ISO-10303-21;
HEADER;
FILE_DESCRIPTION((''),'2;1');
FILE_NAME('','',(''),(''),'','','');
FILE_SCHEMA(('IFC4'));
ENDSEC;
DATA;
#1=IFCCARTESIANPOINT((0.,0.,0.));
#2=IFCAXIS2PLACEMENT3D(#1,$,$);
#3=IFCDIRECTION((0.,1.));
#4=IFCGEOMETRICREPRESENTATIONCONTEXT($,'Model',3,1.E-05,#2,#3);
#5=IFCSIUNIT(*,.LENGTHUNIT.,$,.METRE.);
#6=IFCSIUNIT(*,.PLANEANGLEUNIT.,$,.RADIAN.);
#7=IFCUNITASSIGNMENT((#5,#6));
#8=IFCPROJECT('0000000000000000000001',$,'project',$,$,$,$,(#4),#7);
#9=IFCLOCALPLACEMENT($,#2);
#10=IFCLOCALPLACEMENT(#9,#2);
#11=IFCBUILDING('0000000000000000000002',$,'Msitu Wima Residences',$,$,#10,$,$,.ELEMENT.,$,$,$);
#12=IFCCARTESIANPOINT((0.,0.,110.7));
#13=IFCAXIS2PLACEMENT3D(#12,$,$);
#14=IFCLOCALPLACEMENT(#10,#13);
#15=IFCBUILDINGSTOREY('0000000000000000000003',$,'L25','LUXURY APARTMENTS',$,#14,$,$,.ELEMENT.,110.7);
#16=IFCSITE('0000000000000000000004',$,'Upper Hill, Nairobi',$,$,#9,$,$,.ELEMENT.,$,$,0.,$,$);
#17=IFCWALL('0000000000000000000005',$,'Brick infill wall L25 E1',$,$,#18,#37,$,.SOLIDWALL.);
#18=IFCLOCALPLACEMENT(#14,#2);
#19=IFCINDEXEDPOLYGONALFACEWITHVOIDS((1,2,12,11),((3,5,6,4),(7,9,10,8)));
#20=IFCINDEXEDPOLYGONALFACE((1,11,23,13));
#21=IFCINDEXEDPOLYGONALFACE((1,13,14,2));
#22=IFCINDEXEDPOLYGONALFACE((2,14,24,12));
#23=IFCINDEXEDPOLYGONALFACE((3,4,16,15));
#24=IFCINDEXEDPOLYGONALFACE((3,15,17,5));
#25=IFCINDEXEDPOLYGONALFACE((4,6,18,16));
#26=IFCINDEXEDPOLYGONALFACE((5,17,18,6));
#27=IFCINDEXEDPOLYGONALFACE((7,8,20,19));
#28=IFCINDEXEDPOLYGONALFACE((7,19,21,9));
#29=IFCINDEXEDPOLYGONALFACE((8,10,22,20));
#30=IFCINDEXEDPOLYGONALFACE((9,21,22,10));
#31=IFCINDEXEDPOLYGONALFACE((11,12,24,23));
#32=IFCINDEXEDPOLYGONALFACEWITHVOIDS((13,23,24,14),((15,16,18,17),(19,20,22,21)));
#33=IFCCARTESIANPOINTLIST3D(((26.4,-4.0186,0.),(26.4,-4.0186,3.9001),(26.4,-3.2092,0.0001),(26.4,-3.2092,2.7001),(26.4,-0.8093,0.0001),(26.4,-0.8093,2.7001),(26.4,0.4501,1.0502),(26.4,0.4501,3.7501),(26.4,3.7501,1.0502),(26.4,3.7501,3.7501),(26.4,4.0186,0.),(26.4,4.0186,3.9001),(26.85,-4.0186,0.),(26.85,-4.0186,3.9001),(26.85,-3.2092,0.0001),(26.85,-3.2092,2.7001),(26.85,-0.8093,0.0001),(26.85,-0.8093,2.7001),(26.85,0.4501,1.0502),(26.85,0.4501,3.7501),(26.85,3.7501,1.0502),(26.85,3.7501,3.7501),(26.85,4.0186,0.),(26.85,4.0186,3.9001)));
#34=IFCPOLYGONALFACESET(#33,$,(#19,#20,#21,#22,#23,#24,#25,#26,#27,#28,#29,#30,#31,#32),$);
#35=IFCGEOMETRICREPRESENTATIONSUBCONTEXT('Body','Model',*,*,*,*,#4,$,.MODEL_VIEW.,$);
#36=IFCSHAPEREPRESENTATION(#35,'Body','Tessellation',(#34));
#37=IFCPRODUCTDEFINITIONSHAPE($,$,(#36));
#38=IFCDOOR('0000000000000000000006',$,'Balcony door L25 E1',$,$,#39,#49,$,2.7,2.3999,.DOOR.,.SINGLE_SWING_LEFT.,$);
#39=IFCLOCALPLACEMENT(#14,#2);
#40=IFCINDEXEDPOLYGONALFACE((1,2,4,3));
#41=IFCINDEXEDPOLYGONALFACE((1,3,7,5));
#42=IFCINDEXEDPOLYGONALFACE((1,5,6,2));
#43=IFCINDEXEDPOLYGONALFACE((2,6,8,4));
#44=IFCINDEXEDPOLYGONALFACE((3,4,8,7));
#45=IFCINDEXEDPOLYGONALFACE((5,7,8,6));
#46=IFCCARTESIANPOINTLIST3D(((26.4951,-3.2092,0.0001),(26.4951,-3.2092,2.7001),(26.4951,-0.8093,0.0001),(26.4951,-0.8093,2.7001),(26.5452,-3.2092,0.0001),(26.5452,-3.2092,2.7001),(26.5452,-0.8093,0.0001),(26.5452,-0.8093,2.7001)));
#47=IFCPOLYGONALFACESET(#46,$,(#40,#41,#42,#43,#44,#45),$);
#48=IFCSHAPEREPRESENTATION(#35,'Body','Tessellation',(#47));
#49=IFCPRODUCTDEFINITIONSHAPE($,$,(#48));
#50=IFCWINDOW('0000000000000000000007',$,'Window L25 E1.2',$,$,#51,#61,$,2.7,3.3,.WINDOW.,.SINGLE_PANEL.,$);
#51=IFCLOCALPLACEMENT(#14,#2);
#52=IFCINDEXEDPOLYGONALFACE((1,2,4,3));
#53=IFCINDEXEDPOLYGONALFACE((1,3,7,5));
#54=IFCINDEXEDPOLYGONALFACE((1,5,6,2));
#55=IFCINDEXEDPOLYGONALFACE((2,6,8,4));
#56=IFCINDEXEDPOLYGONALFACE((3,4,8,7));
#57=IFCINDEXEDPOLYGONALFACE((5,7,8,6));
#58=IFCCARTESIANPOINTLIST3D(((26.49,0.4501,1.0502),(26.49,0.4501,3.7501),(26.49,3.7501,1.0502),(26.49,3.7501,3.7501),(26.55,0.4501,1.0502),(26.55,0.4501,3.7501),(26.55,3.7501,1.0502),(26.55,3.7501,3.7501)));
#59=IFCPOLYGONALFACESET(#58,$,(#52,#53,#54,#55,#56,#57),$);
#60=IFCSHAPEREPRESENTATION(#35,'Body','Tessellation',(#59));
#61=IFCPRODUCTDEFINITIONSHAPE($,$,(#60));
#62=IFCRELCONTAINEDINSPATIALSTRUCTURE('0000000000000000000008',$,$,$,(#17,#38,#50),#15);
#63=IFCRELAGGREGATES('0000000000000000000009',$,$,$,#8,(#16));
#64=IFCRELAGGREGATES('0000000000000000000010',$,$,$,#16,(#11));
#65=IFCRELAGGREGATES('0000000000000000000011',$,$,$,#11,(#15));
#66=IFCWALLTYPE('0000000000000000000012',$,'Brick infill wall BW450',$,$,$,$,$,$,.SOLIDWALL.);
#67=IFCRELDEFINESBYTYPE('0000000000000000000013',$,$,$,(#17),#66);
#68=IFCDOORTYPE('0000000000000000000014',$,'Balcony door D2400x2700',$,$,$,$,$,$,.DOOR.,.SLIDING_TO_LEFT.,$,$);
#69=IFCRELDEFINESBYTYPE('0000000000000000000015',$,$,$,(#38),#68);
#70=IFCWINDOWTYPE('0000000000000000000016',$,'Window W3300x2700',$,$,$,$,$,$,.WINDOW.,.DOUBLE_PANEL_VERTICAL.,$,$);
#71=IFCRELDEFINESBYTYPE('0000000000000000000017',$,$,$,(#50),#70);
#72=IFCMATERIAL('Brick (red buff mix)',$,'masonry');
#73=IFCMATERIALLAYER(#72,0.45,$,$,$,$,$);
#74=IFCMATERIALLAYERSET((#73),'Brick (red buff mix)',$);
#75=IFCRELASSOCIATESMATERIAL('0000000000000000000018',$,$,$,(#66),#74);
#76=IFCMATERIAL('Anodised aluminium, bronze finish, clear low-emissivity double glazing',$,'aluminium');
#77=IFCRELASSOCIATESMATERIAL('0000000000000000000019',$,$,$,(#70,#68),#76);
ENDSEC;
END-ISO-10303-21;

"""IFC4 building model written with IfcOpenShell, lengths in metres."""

from ifc_helpers import new_model, si_unit, direction, frame, frame_2d, origin, place, context, subcontext, project, spatial, rectangle, extrude, material, layer, layer_set, type_object, element, fill, save


model = new_model("IFC4")

# Units and contexts
model_context = context("Model", 3, precision=1e-05, world=origin(), true_north=direction((0.0, 1.0)))
body_context = subcontext(model_context, "Body", "Model", "MODEL_VIEW")
ifc_project = project(units=[si_unit("LENGTHUNIT", "METRE"), si_unit("PLANEANGLEUNIT", "RADIAN")], contexts=[model_context])

# Site, building, storey
site_placement = place(None, origin())
site = spatial("IfcSite", under=ifc_project, at=site_placement, Name="Upper Hill, Nairobi", CompositionType="ELEMENT", RefElevation=0.0)
building_placement = place(site_placement, origin())
building = spatial("IfcBuilding", under=site, at=building_placement, Name="Msitu Wima Residences", CompositionType="ELEMENT")
storey_placement = place(building_placement, frame((0.0, 0.0, 110.7)))
storey = spatial("IfcBuildingStorey", under=building, at=storey_placement, Name="L25", Description="LUXURY APARTMENTS", CompositionType="ELEMENT", Elevation=110.7)

# Shared definitions
ifc_material_1 = material(Name="Brick (red buff mix)", Category="masonry")
ifc_layer_1 = layer(ifc_material_1, 0.45)
ifc_layer_set_1 = layer_set([ifc_layer_1], Name="Brick (red buff mix)")
wall_type_1 = type_object("IfcWallType", Name="Brick infill wall BW450", PredefinedType="SOLIDWALL", material=ifc_layer_set_1)
ifc_material_2 = material(Name="Anodised aluminium, bronze finish, clear low-emissivity double glazing", Category="aluminium")
window_type = type_object("IfcWindowType", Name="Window W3300x2700", PartitioningType="DOUBLE_PANEL_VERTICAL", PredefinedType="WINDOW", material=ifc_material_2)

# Wall, openings, door, window
wall_1_placement = place(storey_placement, frame((26.625, -4.0186, 0.0), z_axis=(0.0, 0.0, 1.0), x_axis=(0.0, 1.0, 0.0)))
wall_1 = element("IfcWall", 1, at=wall_1_placement, inside=storey, type_object=wall_type_1, Name="Brick infill wall L25 E1", PredefinedType="SOLIDWALL", context=body_context, shape_type="SweptSolid", body=[
    extrude(rectangle(XDim=8.0371, YDim=0.45, at=frame_2d((4.0186, 0.0))), origin(), (0.0, 0.0, 1.0), 3.9001),
])
opening_1_placement = place(wall_1_placement, frame((0.8093, 0.0, 0.0)))
opening_1 = element("IfcOpeningElement", 2, at=opening_1_placement, cuts=wall_1, PredefinedType="OPENING", context=body_context, shape_type="SweptSolid", body=[
    extrude(rectangle(XDim=2.3999, YDim=2.7, at=frame_2d((1.2, 1.3501))), frame((0.0, 0.2349, 0.0), z_axis=(0.0, -1.0, 0.0), x_axis=(1.0, 0.0, 0.0)), (0.0, 0.0, 1.0), 0.47),
])
opening_2_placement = place(wall_1_placement, frame((4.4688, 0.0, 1.05)))
opening_2 = element("IfcOpeningElement", 3, at=opening_2_placement, cuts=wall_1, PredefinedType="OPENING", context=body_context, shape_type="SweptSolid", body=[
    extrude(rectangle(XDim=3.3, YDim=2.7, at=frame_2d((1.6499, 1.3501))), frame((0.0, 0.2349, 0.0), z_axis=(0.0, -1.0, 0.0), x_axis=(1.0, 0.0, 0.0)), (0.0, 0.0, 1.0), 0.47),
])
door_type = type_object("IfcDoorType", Name="Balcony door D2400x2700", OperationType="SLIDING_TO_LEFT", PredefinedType="DOOR", material=ifc_material_2)
door_placement = place(opening_1_placement, origin())
door = element("IfcDoor", 4, at=door_placement, inside=storey, type_object=door_type, Name="Balcony door L25 E1", OperationType="SINGLE_SWING_LEFT", OverallHeight=2.7, OverallWidth=2.3999, PredefinedType="DOOR", context=body_context, shape_type="SweptSolid", body=[
    extrude(rectangle(XDim=2.3999, YDim=2.7, at=frame_2d((1.2, 1.3501))), frame((0.0, 0.1299, 0.0), z_axis=(0.0, -1.0, 0.0), x_axis=(1.0, 0.0, 0.0)), (0.0, 0.0, 1.0), 0.05),
])
fill(opening_1, door)
window_1_placement = place(opening_2_placement, origin())
window_1 = element("IfcWindow", 5, at=window_1_placement, inside=storey, type_object=window_type, Name="Window L25 E1.2", OverallHeight=2.7, OverallWidth=3.3, PartitioningType="SINGLE_PANEL", PredefinedType="WINDOW", context=body_context, shape_type="SweptSolid", body=[
    extrude(rectangle(XDim=3.3, YDim=2.7, at=frame_2d((1.6499, 1.3501))), frame((0.0, 0.135, 0.0), z_axis=(0.0, -1.0, 0.0), x_axis=(1.0, 0.0, 0.0)), (0.0, 0.0, 1.0), 0.0601),
])
fill(opening_2, window_1)

save(model, "model.ifc")
